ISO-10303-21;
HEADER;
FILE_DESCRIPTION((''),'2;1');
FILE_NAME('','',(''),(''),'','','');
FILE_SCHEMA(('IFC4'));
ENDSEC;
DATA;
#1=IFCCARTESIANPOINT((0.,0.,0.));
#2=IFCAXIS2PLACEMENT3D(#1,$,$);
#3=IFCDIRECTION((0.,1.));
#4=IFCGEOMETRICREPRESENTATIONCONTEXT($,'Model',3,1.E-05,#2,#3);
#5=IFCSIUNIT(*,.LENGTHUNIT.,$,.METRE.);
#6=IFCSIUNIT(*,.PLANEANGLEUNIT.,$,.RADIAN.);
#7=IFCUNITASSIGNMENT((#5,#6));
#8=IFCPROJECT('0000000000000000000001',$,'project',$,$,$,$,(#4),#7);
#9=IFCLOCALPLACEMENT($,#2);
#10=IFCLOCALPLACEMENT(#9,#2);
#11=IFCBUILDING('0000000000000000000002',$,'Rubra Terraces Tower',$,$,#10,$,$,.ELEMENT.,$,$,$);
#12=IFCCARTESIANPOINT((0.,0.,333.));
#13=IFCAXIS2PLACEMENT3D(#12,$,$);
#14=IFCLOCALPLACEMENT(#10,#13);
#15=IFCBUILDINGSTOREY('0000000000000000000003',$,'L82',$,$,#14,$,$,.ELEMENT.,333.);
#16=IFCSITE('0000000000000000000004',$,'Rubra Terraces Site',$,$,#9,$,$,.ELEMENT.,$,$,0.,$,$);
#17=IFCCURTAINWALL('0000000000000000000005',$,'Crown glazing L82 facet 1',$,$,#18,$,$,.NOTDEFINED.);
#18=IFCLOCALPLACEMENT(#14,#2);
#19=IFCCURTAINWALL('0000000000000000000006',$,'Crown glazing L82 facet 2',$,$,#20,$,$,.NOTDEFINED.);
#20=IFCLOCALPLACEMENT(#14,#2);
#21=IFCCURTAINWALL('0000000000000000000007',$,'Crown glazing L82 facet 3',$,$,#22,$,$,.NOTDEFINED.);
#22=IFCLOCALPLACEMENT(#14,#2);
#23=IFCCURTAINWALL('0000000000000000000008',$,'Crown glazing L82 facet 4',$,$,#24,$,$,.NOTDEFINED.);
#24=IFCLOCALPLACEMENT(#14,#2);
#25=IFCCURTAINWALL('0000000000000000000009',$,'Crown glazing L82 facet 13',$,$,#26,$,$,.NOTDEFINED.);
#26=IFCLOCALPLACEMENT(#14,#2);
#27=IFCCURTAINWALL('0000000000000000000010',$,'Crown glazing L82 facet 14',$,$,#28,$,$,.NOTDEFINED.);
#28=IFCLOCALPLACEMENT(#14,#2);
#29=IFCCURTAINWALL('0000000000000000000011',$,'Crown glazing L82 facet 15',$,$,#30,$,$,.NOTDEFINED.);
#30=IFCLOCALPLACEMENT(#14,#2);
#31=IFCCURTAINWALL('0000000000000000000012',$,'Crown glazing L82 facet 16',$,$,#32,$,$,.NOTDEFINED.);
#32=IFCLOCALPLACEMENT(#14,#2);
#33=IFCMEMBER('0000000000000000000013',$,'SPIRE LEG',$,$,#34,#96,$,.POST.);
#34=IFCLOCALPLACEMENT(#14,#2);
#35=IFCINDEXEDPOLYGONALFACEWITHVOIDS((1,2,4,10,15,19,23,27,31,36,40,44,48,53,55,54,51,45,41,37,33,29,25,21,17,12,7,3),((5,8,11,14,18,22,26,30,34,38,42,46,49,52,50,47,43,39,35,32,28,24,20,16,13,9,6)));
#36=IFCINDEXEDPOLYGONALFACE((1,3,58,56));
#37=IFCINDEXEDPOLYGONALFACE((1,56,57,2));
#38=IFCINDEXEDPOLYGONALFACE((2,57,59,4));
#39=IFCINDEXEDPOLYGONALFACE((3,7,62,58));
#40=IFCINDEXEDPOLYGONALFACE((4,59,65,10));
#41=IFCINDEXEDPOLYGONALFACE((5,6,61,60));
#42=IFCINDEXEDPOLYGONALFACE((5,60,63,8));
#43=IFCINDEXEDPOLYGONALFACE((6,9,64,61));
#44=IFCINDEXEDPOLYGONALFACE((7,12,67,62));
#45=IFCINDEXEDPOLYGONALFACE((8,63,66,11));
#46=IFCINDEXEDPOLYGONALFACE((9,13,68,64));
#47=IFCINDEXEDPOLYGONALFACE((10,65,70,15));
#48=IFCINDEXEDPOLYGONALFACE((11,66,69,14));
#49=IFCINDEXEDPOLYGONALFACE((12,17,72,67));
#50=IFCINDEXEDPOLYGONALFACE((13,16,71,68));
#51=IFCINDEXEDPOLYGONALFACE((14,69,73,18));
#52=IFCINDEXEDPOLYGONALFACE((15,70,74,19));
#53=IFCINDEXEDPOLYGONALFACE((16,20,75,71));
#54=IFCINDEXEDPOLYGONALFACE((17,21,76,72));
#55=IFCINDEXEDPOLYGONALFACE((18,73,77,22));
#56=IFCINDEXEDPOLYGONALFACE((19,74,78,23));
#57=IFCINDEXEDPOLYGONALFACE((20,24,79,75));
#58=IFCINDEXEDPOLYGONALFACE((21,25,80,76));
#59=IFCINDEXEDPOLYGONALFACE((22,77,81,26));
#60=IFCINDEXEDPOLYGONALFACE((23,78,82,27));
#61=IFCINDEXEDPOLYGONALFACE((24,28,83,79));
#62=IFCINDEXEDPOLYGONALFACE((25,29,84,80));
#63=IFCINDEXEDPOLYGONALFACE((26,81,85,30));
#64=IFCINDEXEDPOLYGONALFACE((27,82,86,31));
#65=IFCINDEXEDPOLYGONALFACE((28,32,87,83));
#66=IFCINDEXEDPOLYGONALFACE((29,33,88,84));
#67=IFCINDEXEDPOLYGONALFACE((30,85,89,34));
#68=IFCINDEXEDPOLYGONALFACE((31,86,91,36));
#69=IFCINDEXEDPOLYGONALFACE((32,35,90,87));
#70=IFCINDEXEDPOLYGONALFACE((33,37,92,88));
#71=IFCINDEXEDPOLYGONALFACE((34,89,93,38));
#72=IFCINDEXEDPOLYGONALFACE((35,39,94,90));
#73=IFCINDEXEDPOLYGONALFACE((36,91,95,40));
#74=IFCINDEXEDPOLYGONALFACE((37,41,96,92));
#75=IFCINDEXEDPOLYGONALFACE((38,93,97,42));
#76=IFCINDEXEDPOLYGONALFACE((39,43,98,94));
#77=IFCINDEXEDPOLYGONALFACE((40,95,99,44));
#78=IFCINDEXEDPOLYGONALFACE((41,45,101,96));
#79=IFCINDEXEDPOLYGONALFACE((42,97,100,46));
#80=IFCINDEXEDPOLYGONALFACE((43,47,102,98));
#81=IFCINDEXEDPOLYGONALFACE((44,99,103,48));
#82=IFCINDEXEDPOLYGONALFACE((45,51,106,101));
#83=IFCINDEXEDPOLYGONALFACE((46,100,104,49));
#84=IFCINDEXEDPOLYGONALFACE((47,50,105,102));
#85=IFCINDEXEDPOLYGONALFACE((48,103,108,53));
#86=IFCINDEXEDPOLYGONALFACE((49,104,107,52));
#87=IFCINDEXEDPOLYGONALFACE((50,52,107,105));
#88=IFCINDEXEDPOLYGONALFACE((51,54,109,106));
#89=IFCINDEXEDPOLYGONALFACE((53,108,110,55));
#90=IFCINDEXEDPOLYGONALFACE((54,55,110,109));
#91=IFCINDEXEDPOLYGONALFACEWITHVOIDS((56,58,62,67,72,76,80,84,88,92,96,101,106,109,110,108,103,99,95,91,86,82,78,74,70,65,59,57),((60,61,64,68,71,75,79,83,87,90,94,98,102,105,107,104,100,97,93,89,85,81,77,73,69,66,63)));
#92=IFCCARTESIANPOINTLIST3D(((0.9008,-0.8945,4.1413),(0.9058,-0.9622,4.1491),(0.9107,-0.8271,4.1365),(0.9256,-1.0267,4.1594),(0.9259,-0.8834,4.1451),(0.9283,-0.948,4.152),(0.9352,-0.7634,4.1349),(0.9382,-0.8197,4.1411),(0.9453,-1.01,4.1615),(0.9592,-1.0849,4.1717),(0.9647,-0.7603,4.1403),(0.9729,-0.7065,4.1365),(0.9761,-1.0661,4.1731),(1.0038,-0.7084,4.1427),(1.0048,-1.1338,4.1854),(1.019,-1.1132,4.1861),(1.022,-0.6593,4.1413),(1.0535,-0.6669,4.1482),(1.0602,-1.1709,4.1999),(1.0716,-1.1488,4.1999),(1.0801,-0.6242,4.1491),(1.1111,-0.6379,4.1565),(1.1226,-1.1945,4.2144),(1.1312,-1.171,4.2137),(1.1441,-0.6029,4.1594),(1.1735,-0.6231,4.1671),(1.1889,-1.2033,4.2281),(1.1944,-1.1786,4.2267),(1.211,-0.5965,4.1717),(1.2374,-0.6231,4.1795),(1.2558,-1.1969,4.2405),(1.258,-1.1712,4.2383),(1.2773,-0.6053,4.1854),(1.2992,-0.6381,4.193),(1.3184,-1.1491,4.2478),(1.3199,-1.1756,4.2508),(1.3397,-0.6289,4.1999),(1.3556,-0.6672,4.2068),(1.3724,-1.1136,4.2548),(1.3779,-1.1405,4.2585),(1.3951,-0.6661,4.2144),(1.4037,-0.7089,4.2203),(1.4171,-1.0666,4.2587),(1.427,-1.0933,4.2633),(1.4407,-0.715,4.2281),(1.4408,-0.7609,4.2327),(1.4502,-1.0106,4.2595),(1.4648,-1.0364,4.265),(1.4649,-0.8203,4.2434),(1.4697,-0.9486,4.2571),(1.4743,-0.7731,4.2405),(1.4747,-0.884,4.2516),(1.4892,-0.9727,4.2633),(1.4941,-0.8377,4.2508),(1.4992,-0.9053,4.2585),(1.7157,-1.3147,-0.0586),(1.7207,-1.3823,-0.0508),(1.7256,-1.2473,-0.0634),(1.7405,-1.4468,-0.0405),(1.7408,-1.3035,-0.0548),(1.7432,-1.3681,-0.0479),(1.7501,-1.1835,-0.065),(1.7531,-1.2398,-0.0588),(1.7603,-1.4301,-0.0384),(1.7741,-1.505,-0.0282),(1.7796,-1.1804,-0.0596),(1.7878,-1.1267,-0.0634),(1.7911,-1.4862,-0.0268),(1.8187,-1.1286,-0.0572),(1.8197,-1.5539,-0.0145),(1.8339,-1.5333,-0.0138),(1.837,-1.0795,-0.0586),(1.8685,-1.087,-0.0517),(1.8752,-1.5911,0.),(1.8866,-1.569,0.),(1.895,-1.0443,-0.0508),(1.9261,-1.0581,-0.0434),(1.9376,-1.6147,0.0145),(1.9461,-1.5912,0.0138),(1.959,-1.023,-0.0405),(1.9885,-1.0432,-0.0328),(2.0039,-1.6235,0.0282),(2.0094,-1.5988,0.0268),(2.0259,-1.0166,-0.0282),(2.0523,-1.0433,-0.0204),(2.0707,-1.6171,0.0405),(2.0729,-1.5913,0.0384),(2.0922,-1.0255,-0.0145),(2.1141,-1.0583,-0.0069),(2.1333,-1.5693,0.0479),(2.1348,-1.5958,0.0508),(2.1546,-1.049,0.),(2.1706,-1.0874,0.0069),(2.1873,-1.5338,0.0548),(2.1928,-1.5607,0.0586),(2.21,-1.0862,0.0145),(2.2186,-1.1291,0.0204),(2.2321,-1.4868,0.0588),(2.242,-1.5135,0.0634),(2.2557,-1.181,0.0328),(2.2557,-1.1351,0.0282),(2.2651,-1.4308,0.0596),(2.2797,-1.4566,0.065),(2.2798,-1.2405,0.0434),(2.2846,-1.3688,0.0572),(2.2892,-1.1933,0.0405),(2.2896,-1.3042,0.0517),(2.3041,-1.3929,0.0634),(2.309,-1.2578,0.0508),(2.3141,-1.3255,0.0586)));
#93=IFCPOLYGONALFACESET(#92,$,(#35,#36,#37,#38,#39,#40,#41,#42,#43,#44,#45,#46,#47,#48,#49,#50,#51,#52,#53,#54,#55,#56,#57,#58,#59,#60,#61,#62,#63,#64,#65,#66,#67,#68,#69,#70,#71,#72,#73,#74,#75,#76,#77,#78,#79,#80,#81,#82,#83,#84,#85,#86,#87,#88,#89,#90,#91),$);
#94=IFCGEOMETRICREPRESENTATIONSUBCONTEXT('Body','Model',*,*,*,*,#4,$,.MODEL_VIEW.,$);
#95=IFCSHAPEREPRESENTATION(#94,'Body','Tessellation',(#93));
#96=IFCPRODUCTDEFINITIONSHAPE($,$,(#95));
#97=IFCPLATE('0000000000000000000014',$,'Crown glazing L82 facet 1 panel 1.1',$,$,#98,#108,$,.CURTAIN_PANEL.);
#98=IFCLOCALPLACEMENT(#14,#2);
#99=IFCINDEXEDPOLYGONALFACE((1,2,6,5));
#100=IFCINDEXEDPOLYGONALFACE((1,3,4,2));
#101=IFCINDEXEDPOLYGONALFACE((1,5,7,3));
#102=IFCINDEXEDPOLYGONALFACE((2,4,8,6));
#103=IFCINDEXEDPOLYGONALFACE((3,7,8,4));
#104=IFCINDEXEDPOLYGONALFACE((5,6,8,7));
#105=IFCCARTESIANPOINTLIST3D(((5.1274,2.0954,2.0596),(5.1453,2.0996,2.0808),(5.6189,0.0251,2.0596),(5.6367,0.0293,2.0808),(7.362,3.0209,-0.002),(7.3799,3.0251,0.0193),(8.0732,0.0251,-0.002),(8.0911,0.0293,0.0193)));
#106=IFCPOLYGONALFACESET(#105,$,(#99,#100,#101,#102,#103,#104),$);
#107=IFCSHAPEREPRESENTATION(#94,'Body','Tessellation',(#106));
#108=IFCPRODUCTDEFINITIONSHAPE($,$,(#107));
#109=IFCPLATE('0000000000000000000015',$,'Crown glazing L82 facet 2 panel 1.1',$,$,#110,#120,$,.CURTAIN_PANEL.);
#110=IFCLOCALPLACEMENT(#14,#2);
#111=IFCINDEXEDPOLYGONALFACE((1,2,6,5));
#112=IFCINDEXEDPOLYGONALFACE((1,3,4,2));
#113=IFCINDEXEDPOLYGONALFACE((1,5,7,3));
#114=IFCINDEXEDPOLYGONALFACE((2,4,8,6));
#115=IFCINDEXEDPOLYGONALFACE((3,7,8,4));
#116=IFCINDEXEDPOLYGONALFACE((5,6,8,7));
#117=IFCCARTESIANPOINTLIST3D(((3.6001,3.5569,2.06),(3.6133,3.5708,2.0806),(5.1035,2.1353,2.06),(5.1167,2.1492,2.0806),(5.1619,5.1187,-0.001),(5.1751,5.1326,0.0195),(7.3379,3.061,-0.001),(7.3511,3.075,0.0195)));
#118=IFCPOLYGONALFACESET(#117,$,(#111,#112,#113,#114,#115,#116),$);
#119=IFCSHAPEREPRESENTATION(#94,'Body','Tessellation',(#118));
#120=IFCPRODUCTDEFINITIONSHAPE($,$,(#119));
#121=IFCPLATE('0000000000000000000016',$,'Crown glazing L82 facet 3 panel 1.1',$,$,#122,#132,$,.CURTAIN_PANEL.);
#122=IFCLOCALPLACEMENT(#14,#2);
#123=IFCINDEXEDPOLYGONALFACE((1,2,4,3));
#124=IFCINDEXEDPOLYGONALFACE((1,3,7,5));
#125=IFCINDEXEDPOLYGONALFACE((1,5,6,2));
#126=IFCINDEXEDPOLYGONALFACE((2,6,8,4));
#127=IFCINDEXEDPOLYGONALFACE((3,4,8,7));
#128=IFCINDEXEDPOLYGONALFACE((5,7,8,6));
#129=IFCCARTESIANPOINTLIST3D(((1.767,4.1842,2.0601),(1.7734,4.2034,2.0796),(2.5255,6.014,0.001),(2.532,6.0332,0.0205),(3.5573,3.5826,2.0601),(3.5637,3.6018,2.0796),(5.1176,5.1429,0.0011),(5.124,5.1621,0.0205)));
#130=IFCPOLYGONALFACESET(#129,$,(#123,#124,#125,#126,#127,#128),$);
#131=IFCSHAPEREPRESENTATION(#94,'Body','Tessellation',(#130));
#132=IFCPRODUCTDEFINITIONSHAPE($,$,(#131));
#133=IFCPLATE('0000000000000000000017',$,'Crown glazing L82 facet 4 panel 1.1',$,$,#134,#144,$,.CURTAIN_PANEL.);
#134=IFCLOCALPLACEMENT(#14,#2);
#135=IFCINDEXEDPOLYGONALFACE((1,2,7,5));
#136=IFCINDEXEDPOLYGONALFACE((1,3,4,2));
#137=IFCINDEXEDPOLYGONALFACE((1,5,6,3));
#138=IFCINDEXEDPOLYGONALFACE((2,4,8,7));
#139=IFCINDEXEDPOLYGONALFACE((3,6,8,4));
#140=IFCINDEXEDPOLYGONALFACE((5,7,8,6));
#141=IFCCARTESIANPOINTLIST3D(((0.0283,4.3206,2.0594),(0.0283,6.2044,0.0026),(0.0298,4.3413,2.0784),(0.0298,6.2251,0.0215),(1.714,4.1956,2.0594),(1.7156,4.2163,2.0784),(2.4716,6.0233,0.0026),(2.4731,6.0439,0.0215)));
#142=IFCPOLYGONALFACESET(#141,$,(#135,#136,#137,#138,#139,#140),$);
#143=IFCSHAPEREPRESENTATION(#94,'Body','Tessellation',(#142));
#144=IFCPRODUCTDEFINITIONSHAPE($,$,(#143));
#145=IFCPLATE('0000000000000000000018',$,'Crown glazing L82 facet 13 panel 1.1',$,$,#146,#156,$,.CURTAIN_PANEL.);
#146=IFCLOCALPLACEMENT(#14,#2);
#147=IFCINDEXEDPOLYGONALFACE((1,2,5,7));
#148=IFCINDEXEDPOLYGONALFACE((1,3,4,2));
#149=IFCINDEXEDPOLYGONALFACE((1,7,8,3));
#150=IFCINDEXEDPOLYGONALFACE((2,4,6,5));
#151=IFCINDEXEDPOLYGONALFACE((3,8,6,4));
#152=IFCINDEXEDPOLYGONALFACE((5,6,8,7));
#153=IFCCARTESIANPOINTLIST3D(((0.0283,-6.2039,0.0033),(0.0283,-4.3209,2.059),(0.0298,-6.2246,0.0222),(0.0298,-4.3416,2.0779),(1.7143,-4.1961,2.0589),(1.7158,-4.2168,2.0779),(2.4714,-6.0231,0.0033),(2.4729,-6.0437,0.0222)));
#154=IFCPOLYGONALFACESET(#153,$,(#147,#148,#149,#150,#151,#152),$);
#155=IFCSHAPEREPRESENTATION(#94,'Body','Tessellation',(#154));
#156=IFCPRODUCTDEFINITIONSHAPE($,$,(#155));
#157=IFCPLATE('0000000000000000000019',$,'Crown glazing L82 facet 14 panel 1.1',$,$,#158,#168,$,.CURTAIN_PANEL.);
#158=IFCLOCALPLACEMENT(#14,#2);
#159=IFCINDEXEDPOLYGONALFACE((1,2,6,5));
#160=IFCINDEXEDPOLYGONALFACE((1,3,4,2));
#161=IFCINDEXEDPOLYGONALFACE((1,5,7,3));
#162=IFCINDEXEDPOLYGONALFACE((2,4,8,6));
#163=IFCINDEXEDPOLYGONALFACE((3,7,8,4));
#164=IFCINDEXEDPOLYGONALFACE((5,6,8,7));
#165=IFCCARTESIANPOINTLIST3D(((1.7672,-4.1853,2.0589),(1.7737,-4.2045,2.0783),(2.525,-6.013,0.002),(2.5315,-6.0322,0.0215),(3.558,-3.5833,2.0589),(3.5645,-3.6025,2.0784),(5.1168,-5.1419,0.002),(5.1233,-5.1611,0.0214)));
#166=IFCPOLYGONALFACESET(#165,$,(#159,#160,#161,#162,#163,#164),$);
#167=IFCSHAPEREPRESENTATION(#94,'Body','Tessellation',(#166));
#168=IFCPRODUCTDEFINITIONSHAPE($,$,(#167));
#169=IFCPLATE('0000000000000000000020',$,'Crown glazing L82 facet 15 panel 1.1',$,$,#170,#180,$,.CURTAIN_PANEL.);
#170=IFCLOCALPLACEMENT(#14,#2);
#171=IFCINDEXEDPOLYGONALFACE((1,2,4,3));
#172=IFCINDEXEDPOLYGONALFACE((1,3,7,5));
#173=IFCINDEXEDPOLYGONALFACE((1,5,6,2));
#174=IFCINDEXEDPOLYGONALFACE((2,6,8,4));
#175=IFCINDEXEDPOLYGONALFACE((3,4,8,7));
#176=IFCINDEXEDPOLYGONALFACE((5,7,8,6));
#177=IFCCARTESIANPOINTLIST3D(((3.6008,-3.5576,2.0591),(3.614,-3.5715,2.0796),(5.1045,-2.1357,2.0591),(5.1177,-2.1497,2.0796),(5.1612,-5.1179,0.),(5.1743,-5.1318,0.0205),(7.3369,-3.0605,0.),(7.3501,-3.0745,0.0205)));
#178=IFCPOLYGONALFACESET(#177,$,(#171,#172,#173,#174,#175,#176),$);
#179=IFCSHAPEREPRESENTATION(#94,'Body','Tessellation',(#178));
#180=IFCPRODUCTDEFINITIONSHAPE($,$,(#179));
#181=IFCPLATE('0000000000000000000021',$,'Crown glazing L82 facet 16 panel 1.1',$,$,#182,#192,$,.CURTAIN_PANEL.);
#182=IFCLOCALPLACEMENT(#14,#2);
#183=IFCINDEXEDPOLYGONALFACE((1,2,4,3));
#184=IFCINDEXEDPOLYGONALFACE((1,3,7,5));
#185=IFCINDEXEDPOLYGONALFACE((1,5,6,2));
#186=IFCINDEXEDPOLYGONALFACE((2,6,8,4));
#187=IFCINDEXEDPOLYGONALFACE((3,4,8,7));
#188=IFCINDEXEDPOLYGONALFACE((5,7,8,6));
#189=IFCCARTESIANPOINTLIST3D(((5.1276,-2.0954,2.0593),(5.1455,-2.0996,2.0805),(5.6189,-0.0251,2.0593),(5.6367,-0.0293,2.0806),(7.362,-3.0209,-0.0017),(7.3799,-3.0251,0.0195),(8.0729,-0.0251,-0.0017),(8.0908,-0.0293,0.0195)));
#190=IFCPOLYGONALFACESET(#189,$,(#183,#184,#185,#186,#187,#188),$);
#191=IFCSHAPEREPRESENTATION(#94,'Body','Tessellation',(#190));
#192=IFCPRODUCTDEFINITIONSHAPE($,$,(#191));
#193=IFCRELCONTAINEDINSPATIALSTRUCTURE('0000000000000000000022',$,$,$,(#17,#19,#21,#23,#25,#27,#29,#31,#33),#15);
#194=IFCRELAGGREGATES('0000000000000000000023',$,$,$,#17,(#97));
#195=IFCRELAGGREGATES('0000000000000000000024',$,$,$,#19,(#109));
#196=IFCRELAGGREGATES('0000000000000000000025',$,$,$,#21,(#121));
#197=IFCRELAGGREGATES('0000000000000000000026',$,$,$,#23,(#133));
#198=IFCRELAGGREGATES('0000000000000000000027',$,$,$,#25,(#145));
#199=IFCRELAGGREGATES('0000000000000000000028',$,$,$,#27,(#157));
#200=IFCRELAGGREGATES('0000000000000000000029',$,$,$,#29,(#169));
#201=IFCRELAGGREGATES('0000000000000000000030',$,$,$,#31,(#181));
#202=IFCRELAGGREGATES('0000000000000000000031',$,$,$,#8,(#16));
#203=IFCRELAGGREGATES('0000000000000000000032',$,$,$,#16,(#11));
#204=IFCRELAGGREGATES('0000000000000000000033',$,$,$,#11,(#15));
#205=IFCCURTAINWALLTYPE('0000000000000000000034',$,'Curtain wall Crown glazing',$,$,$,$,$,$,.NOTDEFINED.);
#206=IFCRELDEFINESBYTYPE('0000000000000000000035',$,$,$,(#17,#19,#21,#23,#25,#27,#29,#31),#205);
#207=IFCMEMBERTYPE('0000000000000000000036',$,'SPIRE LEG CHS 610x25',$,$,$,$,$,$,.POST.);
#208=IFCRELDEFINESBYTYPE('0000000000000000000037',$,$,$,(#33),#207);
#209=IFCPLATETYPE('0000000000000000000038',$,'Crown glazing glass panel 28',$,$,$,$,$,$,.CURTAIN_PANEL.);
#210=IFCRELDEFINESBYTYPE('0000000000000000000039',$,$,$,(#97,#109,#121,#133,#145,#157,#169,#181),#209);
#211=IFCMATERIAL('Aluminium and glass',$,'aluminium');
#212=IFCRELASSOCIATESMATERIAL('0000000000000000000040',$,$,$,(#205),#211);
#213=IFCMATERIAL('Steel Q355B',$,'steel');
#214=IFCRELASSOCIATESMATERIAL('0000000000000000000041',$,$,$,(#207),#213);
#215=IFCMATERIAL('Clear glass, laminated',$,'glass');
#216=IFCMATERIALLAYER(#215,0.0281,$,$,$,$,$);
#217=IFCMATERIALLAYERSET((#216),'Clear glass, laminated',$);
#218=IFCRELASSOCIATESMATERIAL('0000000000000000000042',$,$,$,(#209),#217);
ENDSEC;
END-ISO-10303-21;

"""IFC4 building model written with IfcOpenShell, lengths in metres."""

from ifc_helpers import new_model, si_unit, direction, frame, origin, origin_2d, place, context, subcontext, project, spatial, polyline, hollow_circle, outline, extrude, material, layer, layer_set, material_profile, profile_set, type_object, element, aggregate, save


model = new_model("IFC4")

# Units and contexts
model_context = context("Model", 3, precision=1e-05, world=origin(), true_north=direction((0.0, 1.0)))
body_context = subcontext(model_context, "Body", "Model", "MODEL_VIEW")
ifc_project = project(units=[si_unit("LENGTHUNIT", "METRE"), si_unit("PLANEANGLEUNIT", "RADIAN")], contexts=[model_context])

# Site, building, storey
site_placement = place(None, origin())
site = spatial("IfcSite", under=ifc_project, at=site_placement, Name="Rubra Terraces Site", CompositionType="ELEMENT", RefElevation=0.0)
building_placement = place(site_placement, origin())
building = spatial("IfcBuilding", under=site, at=building_placement, Name="Rubra Terraces Tower", CompositionType="ELEMENT")
storey_placement = place(building_placement, frame((0.0, 0.0, 333.0)))
storey = spatial("IfcBuildingStorey", under=building, at=storey_placement, Name="L82", CompositionType="ELEMENT", Elevation=333.0)

# Shared definitions
ifc_material_1 = material(Name="Steel Q355B", Category="steel")

# Curtain walls
ifc_material_2 = material(Name="Aluminium and glass", Category="aluminium")
curtain_wall_type = type_object("IfcCurtainWallType", Name="Curtain wall Crown glazing", PredefinedType="NOTDEFINED", material=ifc_material_2)
curtain_wall_1_placement = place(storey_placement, origin())
curtain_wall_1 = element("IfcCurtainWall", 1, at=curtain_wall_1_placement, inside=storey, type_object=curtain_wall_type, Name="Crown glazing L82 facet 1", PredefinedType="NOTDEFINED")
curtain_wall_2_placement = place(storey_placement, origin())
curtain_wall_2 = element("IfcCurtainWall", 2, at=curtain_wall_2_placement, inside=storey, type_object=curtain_wall_type, Name="Crown glazing L82 facet 2", PredefinedType="NOTDEFINED")

# Curtain walls
curtain_wall_3_placement = place(storey_placement, origin())
curtain_wall_3 = element("IfcCurtainWall", 3, at=curtain_wall_3_placement, inside=storey, type_object=curtain_wall_type, Name="Crown glazing L82 facet 3", PredefinedType="NOTDEFINED")
curtain_wall_4_placement = place(storey_placement, origin())
curtain_wall_4 = element("IfcCurtainWall", 4, at=curtain_wall_4_placement, inside=storey, type_object=curtain_wall_type, Name="Crown glazing L82 facet 4", PredefinedType="NOTDEFINED")
curtain_wall_5_placement = place(storey_placement, origin())
curtain_wall_5 = element("IfcCurtainWall", 5, at=curtain_wall_5_placement, inside=storey, type_object=curtain_wall_type, Name="Crown glazing L82 facet 13", PredefinedType="NOTDEFINED")
curtain_wall_6_placement = place(storey_placement, origin())
curtain_wall_6 = element("IfcCurtainWall", 6, at=curtain_wall_6_placement, inside=storey, type_object=curtain_wall_type, Name="Crown glazing L82 facet 14", PredefinedType="NOTDEFINED")
curtain_wall_7_placement = place(storey_placement, origin())
curtain_wall_7 = element("IfcCurtainWall", 7, at=curtain_wall_7_placement, inside=storey, type_object=curtain_wall_type, Name="Crown glazing L82 facet 15", PredefinedType="NOTDEFINED")
curtain_wall_8_placement = place(storey_placement, origin())
curtain_wall_8 = element("IfcCurtainWall", 8, at=curtain_wall_8_placement, inside=storey, type_object=curtain_wall_type, Name="Crown glazing L82 facet 16", PredefinedType="NOTDEFINED")

# Member
ifc_material_profile_1 = material_profile(ifc_material_1, hollow_circle(Radius=0.3049, WallThickness=0.0249, at=origin_2d()), Name="CHS 610x25")
ifc_profile_set_1 = profile_set([ifc_material_profile_1], Name="Steel Q355B")
member_type_1 = type_object("IfcMemberType", Name="SPIRE LEG CHS 610x25", PredefinedType="POST", material=ifc_profile_set_1)
member_1_placement = place(storey_placement, frame((2.0149, -1.3201, 0.0), z_axis=(-0.189571, 0.097739, 0.97699), x_axis=(-0.458256, -0.88882, 0.0)))
element("IfcMember", 9, at=member_1_placement, inside=storey, type_object=member_type_1, Name="SPIRE LEG", PredefinedType="POST", context=body_context, shape_type="SweptSolid", body=[
    extrude(hollow_circle(Radius=0.3049, WallThickness=0.0249, at=origin_2d()), origin(), (0.0, 0.0, 1.0), 4.2988),
])

# Plates
ifc_material_3 = material(Name="Clear glass, laminated", Category="glass")
ifc_layer = layer(ifc_material_3, 0.0281)
ifc_layer_set = layer_set([ifc_layer], Name="Clear glass, laminated")
plate_type = type_object("IfcPlateType", Name="Crown glazing glass panel 28", PredefinedType="CURTAIN_PANEL", material=ifc_layer_set)
plate_1_placement = place(storey_placement, frame((8.0911, 0.0293, 0.0193), z_axis=(0.635802, 0.150931, 0.756951), x_axis=(-0.230969, 0.972961, 0.000001)))
plate_1 = element("IfcPlate", 10, at=plate_1_placement, type_object=plate_type, Name="Crown glazing L82 facet 1 panel 1.1", PredefinedType="CURTAIN_PANEL", context=body_context, shape_type="SweptSolid", body=[
    extrude(outline(polyline([(0.0, 0.0), (3.0791, 0.0), (2.6947, 3.1547), (0.5669, 3.1547), (0.0, 0.0)])), origin(), (0.0, 0.0, -1.0), 0.0281),
])
aggregate(curtain_wall_1, [plate_1])
plate_2_placement = place(storey_placement, frame((7.3511, 3.075, 0.0195), z_axis=(0.468845, 0.495823, 0.730989), x_axis=(-0.726598, 0.687062, 0.000002)))
plate_2 = element("IfcPlate", 11, at=plate_2_placement, type_object=plate_type, Name="Crown glazing L82 facet 2 panel 1.1", PredefinedType="CURTAIN_PANEL", context=body_context, shape_type="SweptSolid", body=[
    extrude(outline(polyline([(0.0, 0.0), (2.9948, 0.0), (3.0566, 3.0203), (0.9874, 3.0203), (0.0, 0.0)])), origin(), (0.0, 0.0, -1.0), 0.0281),
])
aggregate(curtain_wall_2, [plate_2])
plate_3_placement = place(storey_placement, frame((5.124, 5.1621, 0.0205), z_axis=(0.229825, 0.683914, 0.692418), x_axis=(-0.947907, 0.318548, -0.000009)))
plate_3 = element("IfcPlate", 12, at=plate_3_placement, type_object=plate_type, Name="Crown glazing L82 facet 3 panel 1.1", PredefinedType="CURTAIN_PANEL", context=body_context, shape_type="SweptSolid", body=[
    extrude(outline(polyline([(0.0, 0.0), (2.7345, 0.0), (2.8706, 2.8539), (0.982, 2.8539), (0.0, 0.0)])), origin(), (0.0, 0.0, -1.0), 0.0281),
])
aggregate(curtain_wall_3, [plate_3])
plate_4_placement = place(storey_placement, frame((2.4731, 6.0439, 0.0215), z_axis=(0.054596, 0.736354, 0.67439), x_axis=(-0.997263, 0.07394, 0.000002)))
plate_4 = element("IfcPlate", 13, at=plate_4_placement, type_object=plate_type, Name="Crown glazing L82 facet 4 panel 1.1", PredefinedType="CURTAIN_PANEL", context=body_context, shape_type="SweptSolid", body=[
    extrude(outline(polyline([(0.0, 0.0), (2.4501, 0.0), (2.3108, 2.7857), (0.6204, 2.7857), (0.0, 0.0)])), origin(), (0.0, 0.0, -1.0), 0.0281),
])
aggregate(curtain_wall_4, [plate_4])
plate_5_placement = place(storey_placement, frame((0.0298, -6.2246, 0.0222), z_axis=(0.054505, -0.7363, 0.674456), x_axis=(0.997271, 0.073834, 0.000011)))
plate_5 = element("IfcPlate", 14, at=plate_5_placement, type_object=plate_type, Name="Crown glazing L82 facet 13 panel 1.1", PredefinedType="CURTAIN_PANEL", context=body_context, shape_type="SweptSolid", body=[
    extrude(outline(polyline([(0.0, 0.0), (2.4498, 0.0), (1.8297, 2.7842), (0.1391, 2.7843), (0.0, 0.0)])), origin(), (0.0, 0.0, -1.0), 0.0281),
])
aggregate(curtain_wall_5, [plate_5])
plate_6_placement = place(storey_placement, frame((2.5315, -6.0322, 0.0215), z_axis=(0.229885, -0.683902, 0.692409), x_axis=(0.947889, 0.318602, -0.000018)))
plate_6 = element("IfcPlate", 15, at=plate_6_placement, type_object=plate_type, Name="Crown glazing L82 facet 14 panel 1.1", PredefinedType="CURTAIN_PANEL", context=body_context, shape_type="SweptSolid", body=[
    extrude(outline(polyline([(0.0, 0.0), (2.7343, 0.0), (1.7532, 2.8509), (-0.1361, 2.8508), (0.0, 0.0)])), origin(), (0.0, 0.0, -1.0), 0.0281),
])
aggregate(curtain_wall_6, [plate_6])
plate_7_placement = place(storey_placement, frame((5.1743, -5.1318, 0.0205), z_axis=(0.468842, -0.495819, 0.730993), x_axis=(0.7266, 0.687061, -0.000003)))
plate_7 = element("IfcPlate", 16, at=plate_7_placement, type_object=plate_type, Name="Crown glazing L82 facet 15 panel 1.1", PredefinedType="CURTAIN_PANEL", context=body_context, shape_type="SweptSolid", body=[
    extrude(outline(polyline([(0.0, 0.0), (2.9945, 0.0), (2.0078, 3.0175), (-0.0617, 3.0175), (0.0, 0.0)])), origin(), (0.0, 0.0, -1.0), 0.0281),
])
aggregate(curtain_wall_7, [plate_7])
plate_8_placement = place(storey_placement, frame((7.3799, -3.0251, 0.0195), z_axis=(0.635765, -0.15086, 0.756997), x_axis=(0.230888, 0.97298, -0.000008)))
plate_8 = element("IfcPlate", 17, at=plate_8_placement, type_object=plate_type, Name="Crown glazing L82 facet 16 panel 1.1", PredefinedType="CURTAIN_PANEL", context=body_context, shape_type="SweptSolid", body=[
    extrude(outline(polyline([(0.0, 0.0), (3.079, 0.0), (2.5124, 3.1543), (0.3846, 3.1542), (0.0, 0.0)])), origin(), (0.0, 0.0, -1.0), 0.0281),
])
aggregate(curtain_wall_8, [plate_8])

save(model, "model.ifc")
